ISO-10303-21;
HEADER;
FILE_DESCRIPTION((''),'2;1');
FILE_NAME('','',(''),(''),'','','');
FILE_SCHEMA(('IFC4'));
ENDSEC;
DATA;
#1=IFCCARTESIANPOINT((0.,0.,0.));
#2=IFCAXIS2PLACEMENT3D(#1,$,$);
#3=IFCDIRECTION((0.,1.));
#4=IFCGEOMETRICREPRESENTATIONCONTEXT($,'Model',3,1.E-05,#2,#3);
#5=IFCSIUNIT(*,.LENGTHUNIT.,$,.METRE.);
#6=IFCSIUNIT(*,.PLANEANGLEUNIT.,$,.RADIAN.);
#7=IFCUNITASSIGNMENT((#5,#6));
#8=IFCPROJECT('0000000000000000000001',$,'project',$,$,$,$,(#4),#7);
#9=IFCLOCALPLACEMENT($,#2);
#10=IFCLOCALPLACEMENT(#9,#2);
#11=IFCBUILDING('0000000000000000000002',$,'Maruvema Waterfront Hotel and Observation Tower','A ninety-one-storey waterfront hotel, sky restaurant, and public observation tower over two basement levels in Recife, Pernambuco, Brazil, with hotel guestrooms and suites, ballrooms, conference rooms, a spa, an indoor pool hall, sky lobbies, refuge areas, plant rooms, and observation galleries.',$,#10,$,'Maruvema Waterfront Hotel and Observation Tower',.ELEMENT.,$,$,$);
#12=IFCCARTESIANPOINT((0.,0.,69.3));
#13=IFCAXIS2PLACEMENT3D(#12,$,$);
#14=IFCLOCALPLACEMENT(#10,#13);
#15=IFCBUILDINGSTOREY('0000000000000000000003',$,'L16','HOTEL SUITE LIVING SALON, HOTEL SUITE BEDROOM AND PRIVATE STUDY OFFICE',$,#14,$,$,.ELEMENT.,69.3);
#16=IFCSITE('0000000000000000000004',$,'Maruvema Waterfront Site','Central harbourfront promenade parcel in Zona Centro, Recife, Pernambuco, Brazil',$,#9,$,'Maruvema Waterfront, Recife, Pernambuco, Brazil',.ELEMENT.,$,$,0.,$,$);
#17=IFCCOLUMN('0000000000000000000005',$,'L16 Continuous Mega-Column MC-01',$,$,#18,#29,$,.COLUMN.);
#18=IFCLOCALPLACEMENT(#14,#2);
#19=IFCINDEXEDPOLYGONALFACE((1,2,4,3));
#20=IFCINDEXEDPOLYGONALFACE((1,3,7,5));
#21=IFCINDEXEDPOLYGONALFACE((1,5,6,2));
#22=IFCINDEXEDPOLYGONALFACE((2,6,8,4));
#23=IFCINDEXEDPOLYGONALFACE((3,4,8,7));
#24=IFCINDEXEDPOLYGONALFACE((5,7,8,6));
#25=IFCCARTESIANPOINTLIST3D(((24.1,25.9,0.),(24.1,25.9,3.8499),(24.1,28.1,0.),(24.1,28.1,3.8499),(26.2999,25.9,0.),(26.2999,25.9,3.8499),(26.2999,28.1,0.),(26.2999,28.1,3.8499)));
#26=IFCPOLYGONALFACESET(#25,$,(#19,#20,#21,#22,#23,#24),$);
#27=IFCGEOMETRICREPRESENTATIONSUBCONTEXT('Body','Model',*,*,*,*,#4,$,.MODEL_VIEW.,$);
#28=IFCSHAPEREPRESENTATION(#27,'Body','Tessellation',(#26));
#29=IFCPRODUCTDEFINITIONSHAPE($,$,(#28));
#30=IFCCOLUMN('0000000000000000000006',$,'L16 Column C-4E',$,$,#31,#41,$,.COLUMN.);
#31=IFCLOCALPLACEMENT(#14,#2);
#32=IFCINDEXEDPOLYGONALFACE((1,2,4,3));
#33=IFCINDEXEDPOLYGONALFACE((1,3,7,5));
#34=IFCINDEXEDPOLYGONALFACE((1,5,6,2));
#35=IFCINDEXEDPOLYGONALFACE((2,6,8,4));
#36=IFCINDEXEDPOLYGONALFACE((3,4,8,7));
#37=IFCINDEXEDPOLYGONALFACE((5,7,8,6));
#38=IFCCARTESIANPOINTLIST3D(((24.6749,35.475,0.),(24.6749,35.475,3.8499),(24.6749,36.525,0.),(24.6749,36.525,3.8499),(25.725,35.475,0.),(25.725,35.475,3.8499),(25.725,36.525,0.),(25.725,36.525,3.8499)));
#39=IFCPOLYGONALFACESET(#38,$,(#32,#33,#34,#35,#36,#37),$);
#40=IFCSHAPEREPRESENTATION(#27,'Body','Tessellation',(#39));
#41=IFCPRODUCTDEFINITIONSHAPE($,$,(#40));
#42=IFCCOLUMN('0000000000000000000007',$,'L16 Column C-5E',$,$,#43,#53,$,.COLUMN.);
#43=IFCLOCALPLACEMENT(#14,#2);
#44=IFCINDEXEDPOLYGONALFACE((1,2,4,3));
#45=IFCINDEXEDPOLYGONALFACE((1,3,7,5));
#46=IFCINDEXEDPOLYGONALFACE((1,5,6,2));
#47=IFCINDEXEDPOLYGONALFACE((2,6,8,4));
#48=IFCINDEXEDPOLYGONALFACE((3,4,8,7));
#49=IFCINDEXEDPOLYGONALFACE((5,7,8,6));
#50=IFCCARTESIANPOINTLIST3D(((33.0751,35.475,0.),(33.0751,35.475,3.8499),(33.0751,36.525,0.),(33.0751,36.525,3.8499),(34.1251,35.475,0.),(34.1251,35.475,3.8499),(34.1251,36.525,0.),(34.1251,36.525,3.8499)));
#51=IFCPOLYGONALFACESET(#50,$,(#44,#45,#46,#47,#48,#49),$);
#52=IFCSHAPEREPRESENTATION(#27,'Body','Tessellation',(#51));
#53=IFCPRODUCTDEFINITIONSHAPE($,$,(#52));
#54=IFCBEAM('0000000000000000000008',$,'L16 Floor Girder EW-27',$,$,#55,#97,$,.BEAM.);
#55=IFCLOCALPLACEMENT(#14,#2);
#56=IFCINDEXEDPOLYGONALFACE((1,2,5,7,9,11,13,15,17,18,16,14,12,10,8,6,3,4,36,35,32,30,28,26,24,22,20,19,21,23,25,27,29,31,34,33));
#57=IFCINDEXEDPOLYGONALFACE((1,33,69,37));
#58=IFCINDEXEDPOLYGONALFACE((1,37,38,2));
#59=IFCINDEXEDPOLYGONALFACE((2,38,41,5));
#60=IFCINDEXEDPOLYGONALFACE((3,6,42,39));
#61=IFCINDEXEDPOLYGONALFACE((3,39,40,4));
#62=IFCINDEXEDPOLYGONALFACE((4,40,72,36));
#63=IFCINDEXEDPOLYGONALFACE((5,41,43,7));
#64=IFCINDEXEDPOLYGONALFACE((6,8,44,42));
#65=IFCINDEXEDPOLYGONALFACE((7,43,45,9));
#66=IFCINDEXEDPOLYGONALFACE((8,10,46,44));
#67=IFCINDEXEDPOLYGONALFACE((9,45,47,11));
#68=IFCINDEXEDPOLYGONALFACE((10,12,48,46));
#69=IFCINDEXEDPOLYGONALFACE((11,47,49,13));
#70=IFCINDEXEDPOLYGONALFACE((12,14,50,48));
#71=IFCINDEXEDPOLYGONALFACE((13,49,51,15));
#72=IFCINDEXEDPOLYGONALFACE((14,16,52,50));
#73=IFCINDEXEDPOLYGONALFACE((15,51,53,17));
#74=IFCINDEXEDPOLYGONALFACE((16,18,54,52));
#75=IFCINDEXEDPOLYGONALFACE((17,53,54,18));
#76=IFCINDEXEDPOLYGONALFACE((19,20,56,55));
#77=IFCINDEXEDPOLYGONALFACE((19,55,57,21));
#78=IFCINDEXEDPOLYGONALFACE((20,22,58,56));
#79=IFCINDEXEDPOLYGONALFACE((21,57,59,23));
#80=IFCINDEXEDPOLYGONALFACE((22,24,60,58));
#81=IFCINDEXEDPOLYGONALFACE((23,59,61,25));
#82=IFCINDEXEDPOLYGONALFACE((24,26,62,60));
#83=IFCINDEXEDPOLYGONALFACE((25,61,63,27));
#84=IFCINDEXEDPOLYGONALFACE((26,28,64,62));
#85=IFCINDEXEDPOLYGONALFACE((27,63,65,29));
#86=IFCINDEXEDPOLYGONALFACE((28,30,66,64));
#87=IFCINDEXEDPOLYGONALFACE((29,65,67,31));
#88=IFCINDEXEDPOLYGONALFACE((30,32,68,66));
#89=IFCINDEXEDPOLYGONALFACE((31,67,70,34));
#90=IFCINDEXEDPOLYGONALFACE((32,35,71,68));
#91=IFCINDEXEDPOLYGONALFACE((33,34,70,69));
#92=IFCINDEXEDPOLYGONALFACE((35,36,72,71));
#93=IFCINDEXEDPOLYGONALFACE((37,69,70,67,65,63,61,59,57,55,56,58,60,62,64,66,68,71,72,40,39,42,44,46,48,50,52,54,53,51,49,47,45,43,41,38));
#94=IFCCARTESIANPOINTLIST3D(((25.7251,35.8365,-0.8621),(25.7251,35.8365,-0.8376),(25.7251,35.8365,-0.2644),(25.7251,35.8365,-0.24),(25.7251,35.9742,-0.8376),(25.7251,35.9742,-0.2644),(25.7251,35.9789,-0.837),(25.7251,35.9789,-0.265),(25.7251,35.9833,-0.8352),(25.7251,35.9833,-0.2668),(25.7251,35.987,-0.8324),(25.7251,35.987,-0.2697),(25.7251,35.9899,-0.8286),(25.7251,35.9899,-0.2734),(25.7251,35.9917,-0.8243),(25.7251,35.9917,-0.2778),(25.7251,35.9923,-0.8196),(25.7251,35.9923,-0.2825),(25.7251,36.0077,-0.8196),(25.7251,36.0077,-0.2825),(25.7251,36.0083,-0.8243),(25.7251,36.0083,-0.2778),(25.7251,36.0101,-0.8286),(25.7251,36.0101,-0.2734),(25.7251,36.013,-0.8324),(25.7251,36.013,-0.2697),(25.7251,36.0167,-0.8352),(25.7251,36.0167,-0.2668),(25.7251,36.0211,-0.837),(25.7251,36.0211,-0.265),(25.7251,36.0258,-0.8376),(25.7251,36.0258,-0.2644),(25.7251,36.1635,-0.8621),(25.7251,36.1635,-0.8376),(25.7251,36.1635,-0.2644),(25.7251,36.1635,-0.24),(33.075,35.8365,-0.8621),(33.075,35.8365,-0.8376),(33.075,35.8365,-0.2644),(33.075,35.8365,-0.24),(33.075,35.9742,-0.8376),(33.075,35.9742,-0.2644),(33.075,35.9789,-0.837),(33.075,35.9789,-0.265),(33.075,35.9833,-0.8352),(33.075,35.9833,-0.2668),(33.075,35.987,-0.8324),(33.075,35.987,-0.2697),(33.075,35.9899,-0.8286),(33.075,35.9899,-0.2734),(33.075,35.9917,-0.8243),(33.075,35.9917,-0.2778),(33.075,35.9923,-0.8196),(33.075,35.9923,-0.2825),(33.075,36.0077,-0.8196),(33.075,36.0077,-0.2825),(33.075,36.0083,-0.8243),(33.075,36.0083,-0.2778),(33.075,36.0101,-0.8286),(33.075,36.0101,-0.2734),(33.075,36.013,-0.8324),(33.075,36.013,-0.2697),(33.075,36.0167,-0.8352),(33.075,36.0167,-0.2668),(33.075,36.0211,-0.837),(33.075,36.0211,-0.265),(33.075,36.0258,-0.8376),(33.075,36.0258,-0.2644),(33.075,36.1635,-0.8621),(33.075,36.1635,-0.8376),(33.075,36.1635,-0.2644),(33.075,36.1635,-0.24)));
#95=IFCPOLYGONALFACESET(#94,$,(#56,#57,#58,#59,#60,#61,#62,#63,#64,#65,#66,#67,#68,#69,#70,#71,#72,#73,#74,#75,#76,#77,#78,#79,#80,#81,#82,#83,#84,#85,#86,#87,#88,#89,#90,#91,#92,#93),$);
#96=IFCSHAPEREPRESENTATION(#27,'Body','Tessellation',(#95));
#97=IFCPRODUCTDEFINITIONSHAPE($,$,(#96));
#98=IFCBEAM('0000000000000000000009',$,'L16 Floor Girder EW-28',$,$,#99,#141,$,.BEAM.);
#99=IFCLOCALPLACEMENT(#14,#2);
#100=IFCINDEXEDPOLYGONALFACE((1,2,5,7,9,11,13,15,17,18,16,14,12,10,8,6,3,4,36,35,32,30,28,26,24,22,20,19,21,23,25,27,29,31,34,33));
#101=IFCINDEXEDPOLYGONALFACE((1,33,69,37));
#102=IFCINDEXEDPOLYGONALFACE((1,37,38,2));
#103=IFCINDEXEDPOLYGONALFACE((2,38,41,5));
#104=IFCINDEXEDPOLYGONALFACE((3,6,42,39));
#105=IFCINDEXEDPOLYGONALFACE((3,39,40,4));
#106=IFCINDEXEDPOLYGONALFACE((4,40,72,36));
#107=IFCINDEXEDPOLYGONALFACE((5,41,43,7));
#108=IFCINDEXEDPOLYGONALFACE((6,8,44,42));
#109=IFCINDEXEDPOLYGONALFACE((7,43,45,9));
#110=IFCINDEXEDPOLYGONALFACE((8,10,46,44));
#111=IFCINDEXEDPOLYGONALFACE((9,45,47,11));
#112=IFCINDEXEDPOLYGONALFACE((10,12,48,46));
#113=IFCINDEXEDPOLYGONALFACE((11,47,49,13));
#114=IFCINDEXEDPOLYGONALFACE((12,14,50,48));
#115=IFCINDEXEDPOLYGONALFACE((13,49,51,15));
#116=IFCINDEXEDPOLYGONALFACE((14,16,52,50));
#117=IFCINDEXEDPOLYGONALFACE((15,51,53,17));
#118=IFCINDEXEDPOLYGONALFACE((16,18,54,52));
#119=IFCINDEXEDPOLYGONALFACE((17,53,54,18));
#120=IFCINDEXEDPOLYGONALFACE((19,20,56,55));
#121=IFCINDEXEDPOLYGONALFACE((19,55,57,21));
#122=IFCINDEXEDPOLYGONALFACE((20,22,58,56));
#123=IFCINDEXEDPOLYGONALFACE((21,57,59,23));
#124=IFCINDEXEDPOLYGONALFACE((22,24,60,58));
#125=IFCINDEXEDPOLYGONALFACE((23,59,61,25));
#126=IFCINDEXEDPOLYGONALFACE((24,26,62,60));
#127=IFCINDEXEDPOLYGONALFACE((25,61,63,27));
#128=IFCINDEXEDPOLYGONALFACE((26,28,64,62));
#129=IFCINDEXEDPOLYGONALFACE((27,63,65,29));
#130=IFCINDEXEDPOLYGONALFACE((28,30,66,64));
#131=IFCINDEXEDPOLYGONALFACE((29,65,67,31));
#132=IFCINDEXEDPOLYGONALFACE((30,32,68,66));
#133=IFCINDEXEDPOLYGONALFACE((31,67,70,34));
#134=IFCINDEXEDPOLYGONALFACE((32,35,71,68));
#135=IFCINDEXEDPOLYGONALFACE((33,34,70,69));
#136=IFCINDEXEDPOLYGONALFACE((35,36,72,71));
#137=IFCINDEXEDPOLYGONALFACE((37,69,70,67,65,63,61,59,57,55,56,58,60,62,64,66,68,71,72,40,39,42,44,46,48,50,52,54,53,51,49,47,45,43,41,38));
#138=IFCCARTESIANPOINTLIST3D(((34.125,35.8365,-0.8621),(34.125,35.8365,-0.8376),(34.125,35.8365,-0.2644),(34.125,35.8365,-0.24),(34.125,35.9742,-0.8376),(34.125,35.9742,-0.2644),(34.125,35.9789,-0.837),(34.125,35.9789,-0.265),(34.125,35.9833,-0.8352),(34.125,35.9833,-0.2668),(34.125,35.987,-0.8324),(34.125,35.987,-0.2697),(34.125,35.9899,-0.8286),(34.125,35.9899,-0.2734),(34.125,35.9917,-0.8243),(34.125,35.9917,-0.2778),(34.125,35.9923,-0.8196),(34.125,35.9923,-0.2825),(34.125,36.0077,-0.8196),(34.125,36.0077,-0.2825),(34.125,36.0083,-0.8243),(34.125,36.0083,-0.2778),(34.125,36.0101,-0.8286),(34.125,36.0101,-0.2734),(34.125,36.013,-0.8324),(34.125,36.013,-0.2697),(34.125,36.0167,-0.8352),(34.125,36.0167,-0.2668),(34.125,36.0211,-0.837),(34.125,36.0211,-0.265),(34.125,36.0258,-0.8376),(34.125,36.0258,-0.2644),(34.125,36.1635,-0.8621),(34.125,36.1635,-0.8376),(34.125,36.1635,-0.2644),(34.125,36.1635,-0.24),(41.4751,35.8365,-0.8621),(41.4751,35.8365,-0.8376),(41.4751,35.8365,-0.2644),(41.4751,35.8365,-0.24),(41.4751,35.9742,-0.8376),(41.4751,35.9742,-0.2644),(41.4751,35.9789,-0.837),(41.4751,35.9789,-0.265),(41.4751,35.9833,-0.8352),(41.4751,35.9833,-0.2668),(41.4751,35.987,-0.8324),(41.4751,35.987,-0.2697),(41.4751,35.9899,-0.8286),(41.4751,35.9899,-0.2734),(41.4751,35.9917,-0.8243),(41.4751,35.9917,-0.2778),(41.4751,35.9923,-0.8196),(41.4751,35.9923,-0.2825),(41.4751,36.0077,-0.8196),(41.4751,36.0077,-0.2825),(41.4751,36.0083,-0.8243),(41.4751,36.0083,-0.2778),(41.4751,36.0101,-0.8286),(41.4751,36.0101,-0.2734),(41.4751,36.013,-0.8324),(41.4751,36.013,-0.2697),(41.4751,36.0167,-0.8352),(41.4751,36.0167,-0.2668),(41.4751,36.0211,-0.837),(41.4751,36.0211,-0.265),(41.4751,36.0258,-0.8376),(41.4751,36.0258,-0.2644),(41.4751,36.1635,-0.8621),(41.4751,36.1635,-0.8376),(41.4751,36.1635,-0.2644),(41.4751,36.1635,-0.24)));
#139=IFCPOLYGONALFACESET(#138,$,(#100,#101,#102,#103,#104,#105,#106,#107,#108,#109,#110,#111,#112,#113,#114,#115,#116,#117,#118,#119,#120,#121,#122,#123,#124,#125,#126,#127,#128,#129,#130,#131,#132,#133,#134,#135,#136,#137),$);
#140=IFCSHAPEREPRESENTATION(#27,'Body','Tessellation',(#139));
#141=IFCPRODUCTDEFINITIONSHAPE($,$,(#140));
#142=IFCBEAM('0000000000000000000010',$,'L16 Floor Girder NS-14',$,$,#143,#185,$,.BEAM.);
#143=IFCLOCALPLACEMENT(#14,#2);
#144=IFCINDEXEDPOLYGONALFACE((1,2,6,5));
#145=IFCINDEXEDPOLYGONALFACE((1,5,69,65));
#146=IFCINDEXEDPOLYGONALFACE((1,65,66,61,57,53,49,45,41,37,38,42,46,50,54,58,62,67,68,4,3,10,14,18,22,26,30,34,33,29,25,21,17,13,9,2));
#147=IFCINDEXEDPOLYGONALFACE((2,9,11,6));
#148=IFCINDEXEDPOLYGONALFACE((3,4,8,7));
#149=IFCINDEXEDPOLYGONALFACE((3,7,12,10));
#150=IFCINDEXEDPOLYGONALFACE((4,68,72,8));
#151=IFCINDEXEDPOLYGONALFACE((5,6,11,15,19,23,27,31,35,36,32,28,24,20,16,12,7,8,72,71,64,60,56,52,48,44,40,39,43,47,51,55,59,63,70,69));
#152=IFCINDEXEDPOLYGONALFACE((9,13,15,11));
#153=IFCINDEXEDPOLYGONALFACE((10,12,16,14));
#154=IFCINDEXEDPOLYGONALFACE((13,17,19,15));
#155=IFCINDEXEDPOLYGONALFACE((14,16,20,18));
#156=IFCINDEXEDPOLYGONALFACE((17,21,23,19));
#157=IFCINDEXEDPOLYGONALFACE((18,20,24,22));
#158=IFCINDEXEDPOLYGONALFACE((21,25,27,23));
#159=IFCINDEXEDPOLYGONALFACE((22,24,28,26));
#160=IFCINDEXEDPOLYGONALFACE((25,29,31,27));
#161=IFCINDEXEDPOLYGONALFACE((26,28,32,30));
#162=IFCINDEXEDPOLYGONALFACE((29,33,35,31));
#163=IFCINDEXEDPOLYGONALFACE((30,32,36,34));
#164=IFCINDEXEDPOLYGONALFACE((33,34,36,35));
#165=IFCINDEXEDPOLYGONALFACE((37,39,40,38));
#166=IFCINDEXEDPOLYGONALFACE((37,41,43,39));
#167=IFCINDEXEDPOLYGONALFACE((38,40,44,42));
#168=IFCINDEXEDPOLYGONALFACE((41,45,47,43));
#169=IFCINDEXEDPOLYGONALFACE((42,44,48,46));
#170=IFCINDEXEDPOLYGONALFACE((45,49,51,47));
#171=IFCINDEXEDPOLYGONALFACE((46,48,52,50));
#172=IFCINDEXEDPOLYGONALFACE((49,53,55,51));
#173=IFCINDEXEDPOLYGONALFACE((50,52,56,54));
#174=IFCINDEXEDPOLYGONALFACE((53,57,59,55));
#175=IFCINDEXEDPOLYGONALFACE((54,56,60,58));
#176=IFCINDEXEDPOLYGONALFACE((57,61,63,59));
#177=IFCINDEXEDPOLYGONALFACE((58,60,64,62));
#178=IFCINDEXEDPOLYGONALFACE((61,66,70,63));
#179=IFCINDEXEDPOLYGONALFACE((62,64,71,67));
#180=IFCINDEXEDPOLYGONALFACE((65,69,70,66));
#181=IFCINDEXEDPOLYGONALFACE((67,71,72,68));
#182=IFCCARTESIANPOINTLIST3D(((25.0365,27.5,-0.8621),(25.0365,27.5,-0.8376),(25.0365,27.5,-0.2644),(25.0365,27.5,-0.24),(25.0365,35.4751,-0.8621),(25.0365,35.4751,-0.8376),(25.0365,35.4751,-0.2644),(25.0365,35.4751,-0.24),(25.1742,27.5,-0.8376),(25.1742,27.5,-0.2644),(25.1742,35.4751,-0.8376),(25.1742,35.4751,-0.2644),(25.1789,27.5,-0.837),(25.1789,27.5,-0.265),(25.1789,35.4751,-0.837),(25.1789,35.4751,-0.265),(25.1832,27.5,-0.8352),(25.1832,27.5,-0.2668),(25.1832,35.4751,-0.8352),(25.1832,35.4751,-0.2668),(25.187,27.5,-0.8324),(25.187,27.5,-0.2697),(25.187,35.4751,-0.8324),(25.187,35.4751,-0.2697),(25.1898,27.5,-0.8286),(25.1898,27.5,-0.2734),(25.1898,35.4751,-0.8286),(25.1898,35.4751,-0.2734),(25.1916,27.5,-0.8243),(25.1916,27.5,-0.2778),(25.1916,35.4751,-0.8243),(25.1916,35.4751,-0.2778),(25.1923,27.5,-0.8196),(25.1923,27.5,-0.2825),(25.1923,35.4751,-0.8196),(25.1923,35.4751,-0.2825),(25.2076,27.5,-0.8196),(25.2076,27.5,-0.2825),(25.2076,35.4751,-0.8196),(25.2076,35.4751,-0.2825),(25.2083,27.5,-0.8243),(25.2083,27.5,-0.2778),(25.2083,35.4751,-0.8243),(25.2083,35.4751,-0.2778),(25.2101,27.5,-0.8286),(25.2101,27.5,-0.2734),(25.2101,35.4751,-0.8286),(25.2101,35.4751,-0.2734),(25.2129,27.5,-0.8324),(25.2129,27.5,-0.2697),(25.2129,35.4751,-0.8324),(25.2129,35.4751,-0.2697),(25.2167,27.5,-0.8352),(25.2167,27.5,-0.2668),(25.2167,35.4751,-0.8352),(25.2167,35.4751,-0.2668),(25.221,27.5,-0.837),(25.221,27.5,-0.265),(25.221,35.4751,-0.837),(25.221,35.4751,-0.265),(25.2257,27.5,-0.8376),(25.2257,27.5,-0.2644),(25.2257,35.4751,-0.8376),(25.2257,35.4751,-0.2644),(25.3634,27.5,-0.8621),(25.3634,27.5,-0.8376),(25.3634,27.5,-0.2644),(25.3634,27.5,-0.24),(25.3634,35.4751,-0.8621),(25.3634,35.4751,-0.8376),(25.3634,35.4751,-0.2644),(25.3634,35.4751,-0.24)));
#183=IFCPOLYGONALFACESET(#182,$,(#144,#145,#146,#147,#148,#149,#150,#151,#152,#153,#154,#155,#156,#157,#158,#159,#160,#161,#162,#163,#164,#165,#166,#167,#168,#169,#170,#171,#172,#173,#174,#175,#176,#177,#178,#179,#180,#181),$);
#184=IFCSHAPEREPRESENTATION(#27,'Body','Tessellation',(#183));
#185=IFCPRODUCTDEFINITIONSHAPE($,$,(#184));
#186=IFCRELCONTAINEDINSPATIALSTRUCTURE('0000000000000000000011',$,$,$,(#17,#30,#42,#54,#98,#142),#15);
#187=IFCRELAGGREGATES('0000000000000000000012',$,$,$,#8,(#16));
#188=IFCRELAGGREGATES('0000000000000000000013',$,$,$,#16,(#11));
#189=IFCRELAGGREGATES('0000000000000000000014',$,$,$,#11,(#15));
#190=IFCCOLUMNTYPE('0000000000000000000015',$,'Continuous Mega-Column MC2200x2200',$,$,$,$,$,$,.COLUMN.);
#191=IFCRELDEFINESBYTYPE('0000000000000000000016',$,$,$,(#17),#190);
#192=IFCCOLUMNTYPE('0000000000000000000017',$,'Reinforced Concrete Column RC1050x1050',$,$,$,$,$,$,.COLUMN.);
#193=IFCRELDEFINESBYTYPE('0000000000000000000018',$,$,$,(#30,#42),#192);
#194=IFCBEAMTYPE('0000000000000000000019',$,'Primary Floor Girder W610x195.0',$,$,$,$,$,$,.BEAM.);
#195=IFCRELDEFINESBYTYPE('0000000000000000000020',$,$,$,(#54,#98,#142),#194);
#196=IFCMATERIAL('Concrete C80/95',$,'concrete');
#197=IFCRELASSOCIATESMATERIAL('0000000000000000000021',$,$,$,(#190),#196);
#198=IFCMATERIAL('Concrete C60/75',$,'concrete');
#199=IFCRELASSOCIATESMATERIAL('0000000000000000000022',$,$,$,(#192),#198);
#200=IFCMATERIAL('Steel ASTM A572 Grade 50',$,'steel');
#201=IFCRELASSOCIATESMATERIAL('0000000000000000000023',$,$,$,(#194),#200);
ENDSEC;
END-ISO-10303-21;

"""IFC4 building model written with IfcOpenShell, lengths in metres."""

from ifc_helpers import new_model, si_unit, direction, frame, origin, origin_2d, place, context, subcontext, project, spatial, rectangle, i_section, extrude, material, material_profile, profile_set, type_object, element, save


model = new_model("IFC4")

# Units and contexts
model_context = context("Model", 3, precision=1e-05, world=origin(), true_north=direction((0.0, 1.0)))
body_context = subcontext(model_context, "Body", "Model", "MODEL_VIEW")
ifc_project = project(units=[si_unit("LENGTHUNIT", "METRE"), si_unit("PLANEANGLEUNIT", "RADIAN")], contexts=[model_context])

# Site, building, storey
site_placement = place(None, origin())
site = spatial("IfcSite", under=ifc_project, at=site_placement, Name="Maruvema Waterfront Site", Description="Central harbourfront promenade parcel in Zona Centro, Recife, Pernambuco, Brazil", LongName="Maruvema Waterfront, Recife, Pernambuco, Brazil", CompositionType="ELEMENT", RefElevation=0.0)
building_placement = place(site_placement, origin())
building = spatial("IfcBuilding", under=site, at=building_placement, Name="Maruvema Waterfront Hotel and Observation Tower", Description="A ninety-one-storey waterfront hotel, sky restaurant, and public observation tower over two basement levels in Recife, Pernambuco, Brazil, with hotel guestrooms and suites, ballrooms, conference rooms, a spa, an indoor pool hall, sky lobbies, refuge areas, plant rooms, and observation galleries.", LongName="Maruvema Waterfront Hotel and Observation Tower", CompositionType="ELEMENT")
storey_placement = place(building_placement, frame((0.0, 0.0, 69.3)))
storey = spatial("IfcBuildingStorey", under=building, at=storey_placement, Name="L16", Description="HOTEL SUITE LIVING SALON, HOTEL SUITE BEDROOM AND PRIVATE STUDY OFFICE", CompositionType="ELEMENT", Elevation=69.3)

# Columns
ifc_material_1 = material(Name="Concrete C80/95", Category="concrete")
ifc_material_profile_1 = material_profile(ifc_material_1, rectangle(XDim=2.2, YDim=2.2, at=origin_2d()), Name="MC2200x2200")
ifc_profile_set_1 = profile_set([ifc_material_profile_1], Name="Concrete C80/95")
column_type_1 = type_object("IfcColumnType", Name="Continuous Mega-Column MC2200x2200", PredefinedType="COLUMN", material=ifc_profile_set_1)
column_placement = place(storey_placement, frame((25.2, 27.0, 0.0), z_axis=(0.0, 0.0, 1.0), x_axis=(1.0, 0.0, 0.0)))
element("IfcColumn", 1, at=column_placement, inside=storey, type_object=column_type_1, Name="L16 Continuous Mega-Column MC-01", PredefinedType="COLUMN", context=body_context, shape_type="SweptSolid", body=[
    extrude(rectangle(XDim=2.2, YDim=2.2, at=origin_2d()), origin(), (0.0, 0.0, 1.0), 3.8499),
])
ifc_material_2 = material(Name="Concrete C60/75", Category="concrete")
ifc_material_profile_2 = material_profile(ifc_material_2, rectangle(XDim=1.05, YDim=1.05, at=origin_2d()), Name="RC1050x1050")
ifc_profile_set_2 = profile_set([ifc_material_profile_2], Name="Concrete C60/75")
column_type_2 = type_object("IfcColumnType", Name="Reinforced Concrete Column RC1050x1050", PredefinedType="COLUMN", material=ifc_profile_set_2)
for number, where, z_axis, x_axis, name in (
    (2, (25.2, 36.0, 0.0), (0.0, 0.0, 1.0), (1.0, 0.0, 0.0), "L16 Column C-4E"),
    (3, (33.6001, 36.0, 0.0), (0.0, 0.0, 1.0), (1.0, 0.0, 0.0), "L16 Column C-5E"),
):
    element("IfcColumn", number, at=place(storey_placement, frame(where, z_axis=z_axis, x_axis=x_axis)), inside=storey, type_object=column_type_2, Name=name, PredefinedType="COLUMN", context=body_context, shape_type="SweptSolid", body=[
        extrude(rectangle(XDim=1.05, YDim=1.05, at=origin_2d()), origin(), (0.0, 0.0, 1.0), 3.8499),
    ])

# Beams
ifc_material_3 = material(Name="Steel ASTM A572 Grade 50", Category="steel")
ifc_material_profile_3 = material_profile(ifc_material_3, i_section(OverallWidth=0.3269, OverallDepth=0.6221, WebThickness=0.0154, FlangeThickness=0.0244, FilletRadius=0.0181, at=origin_2d()), Name="W610x195.0")
ifc_profile_set_3 = profile_set([ifc_material_profile_3], Name="Steel ASTM A572 Grade 50")
beam_type_1 = type_object("IfcBeamType", Name="Primary Floor Girder W610x195.0", PredefinedType="BEAM", material=ifc_profile_set_3)
beam_1_placement = place(storey_placement, frame((25.7251, 36.0, -0.551), z_axis=(1.0, 0.0, 0.0), x_axis=(0.0, 1.0, 0.0)))
element("IfcBeam", 4, at=beam_1_placement, inside=storey, type_object=beam_type_1, Name="L16 Floor Girder EW-27", PredefinedType="BEAM", context=body_context, shape_type="SweptSolid", body=[
    extrude(i_section(OverallWidth=0.3269, OverallDepth=0.6221, WebThickness=0.0154, FlangeThickness=0.0244, FilletRadius=0.0181, at=origin_2d()), origin(), (0.0, 0.0, 1.0), 7.3499),
])
beam_2_placement = place(storey_placement, frame((34.125, 36.0, -0.551), z_axis=(1.0, 0.0, 0.0), x_axis=(0.0, 1.0, 0.0)))
element("IfcBeam", 5, at=beam_2_placement, inside=storey, type_object=beam_type_1, Name="L16 Floor Girder EW-28", PredefinedType="BEAM", context=body_context, shape_type="SweptSolid", body=[
    extrude(i_section(OverallWidth=0.3269, OverallDepth=0.6221, WebThickness=0.0154, FlangeThickness=0.0244, FilletRadius=0.0181, at=origin_2d()), origin(), (0.0, 0.0, 1.0), 7.3501),
])
beam_3_placement = place(storey_placement, frame((25.2, 27.5, -0.551), z_axis=(0.0, 1.0, 0.0), x_axis=(-1.0, 0.0, 0.0)))
element("IfcBeam", 6, at=beam_3_placement, inside=storey, type_object=beam_type_1, Name="L16 Floor Girder NS-14", PredefinedType="BEAM", context=body_context, shape_type="SweptSolid", body=[
    extrude(i_section(OverallWidth=0.3269, OverallDepth=0.6221, WebThickness=0.0154, FlangeThickness=0.0244, FilletRadius=0.0181, at=origin_2d()), origin(), (0.0, 0.0, 1.0), 7.9751),
])

save(model, "model.ifc")
